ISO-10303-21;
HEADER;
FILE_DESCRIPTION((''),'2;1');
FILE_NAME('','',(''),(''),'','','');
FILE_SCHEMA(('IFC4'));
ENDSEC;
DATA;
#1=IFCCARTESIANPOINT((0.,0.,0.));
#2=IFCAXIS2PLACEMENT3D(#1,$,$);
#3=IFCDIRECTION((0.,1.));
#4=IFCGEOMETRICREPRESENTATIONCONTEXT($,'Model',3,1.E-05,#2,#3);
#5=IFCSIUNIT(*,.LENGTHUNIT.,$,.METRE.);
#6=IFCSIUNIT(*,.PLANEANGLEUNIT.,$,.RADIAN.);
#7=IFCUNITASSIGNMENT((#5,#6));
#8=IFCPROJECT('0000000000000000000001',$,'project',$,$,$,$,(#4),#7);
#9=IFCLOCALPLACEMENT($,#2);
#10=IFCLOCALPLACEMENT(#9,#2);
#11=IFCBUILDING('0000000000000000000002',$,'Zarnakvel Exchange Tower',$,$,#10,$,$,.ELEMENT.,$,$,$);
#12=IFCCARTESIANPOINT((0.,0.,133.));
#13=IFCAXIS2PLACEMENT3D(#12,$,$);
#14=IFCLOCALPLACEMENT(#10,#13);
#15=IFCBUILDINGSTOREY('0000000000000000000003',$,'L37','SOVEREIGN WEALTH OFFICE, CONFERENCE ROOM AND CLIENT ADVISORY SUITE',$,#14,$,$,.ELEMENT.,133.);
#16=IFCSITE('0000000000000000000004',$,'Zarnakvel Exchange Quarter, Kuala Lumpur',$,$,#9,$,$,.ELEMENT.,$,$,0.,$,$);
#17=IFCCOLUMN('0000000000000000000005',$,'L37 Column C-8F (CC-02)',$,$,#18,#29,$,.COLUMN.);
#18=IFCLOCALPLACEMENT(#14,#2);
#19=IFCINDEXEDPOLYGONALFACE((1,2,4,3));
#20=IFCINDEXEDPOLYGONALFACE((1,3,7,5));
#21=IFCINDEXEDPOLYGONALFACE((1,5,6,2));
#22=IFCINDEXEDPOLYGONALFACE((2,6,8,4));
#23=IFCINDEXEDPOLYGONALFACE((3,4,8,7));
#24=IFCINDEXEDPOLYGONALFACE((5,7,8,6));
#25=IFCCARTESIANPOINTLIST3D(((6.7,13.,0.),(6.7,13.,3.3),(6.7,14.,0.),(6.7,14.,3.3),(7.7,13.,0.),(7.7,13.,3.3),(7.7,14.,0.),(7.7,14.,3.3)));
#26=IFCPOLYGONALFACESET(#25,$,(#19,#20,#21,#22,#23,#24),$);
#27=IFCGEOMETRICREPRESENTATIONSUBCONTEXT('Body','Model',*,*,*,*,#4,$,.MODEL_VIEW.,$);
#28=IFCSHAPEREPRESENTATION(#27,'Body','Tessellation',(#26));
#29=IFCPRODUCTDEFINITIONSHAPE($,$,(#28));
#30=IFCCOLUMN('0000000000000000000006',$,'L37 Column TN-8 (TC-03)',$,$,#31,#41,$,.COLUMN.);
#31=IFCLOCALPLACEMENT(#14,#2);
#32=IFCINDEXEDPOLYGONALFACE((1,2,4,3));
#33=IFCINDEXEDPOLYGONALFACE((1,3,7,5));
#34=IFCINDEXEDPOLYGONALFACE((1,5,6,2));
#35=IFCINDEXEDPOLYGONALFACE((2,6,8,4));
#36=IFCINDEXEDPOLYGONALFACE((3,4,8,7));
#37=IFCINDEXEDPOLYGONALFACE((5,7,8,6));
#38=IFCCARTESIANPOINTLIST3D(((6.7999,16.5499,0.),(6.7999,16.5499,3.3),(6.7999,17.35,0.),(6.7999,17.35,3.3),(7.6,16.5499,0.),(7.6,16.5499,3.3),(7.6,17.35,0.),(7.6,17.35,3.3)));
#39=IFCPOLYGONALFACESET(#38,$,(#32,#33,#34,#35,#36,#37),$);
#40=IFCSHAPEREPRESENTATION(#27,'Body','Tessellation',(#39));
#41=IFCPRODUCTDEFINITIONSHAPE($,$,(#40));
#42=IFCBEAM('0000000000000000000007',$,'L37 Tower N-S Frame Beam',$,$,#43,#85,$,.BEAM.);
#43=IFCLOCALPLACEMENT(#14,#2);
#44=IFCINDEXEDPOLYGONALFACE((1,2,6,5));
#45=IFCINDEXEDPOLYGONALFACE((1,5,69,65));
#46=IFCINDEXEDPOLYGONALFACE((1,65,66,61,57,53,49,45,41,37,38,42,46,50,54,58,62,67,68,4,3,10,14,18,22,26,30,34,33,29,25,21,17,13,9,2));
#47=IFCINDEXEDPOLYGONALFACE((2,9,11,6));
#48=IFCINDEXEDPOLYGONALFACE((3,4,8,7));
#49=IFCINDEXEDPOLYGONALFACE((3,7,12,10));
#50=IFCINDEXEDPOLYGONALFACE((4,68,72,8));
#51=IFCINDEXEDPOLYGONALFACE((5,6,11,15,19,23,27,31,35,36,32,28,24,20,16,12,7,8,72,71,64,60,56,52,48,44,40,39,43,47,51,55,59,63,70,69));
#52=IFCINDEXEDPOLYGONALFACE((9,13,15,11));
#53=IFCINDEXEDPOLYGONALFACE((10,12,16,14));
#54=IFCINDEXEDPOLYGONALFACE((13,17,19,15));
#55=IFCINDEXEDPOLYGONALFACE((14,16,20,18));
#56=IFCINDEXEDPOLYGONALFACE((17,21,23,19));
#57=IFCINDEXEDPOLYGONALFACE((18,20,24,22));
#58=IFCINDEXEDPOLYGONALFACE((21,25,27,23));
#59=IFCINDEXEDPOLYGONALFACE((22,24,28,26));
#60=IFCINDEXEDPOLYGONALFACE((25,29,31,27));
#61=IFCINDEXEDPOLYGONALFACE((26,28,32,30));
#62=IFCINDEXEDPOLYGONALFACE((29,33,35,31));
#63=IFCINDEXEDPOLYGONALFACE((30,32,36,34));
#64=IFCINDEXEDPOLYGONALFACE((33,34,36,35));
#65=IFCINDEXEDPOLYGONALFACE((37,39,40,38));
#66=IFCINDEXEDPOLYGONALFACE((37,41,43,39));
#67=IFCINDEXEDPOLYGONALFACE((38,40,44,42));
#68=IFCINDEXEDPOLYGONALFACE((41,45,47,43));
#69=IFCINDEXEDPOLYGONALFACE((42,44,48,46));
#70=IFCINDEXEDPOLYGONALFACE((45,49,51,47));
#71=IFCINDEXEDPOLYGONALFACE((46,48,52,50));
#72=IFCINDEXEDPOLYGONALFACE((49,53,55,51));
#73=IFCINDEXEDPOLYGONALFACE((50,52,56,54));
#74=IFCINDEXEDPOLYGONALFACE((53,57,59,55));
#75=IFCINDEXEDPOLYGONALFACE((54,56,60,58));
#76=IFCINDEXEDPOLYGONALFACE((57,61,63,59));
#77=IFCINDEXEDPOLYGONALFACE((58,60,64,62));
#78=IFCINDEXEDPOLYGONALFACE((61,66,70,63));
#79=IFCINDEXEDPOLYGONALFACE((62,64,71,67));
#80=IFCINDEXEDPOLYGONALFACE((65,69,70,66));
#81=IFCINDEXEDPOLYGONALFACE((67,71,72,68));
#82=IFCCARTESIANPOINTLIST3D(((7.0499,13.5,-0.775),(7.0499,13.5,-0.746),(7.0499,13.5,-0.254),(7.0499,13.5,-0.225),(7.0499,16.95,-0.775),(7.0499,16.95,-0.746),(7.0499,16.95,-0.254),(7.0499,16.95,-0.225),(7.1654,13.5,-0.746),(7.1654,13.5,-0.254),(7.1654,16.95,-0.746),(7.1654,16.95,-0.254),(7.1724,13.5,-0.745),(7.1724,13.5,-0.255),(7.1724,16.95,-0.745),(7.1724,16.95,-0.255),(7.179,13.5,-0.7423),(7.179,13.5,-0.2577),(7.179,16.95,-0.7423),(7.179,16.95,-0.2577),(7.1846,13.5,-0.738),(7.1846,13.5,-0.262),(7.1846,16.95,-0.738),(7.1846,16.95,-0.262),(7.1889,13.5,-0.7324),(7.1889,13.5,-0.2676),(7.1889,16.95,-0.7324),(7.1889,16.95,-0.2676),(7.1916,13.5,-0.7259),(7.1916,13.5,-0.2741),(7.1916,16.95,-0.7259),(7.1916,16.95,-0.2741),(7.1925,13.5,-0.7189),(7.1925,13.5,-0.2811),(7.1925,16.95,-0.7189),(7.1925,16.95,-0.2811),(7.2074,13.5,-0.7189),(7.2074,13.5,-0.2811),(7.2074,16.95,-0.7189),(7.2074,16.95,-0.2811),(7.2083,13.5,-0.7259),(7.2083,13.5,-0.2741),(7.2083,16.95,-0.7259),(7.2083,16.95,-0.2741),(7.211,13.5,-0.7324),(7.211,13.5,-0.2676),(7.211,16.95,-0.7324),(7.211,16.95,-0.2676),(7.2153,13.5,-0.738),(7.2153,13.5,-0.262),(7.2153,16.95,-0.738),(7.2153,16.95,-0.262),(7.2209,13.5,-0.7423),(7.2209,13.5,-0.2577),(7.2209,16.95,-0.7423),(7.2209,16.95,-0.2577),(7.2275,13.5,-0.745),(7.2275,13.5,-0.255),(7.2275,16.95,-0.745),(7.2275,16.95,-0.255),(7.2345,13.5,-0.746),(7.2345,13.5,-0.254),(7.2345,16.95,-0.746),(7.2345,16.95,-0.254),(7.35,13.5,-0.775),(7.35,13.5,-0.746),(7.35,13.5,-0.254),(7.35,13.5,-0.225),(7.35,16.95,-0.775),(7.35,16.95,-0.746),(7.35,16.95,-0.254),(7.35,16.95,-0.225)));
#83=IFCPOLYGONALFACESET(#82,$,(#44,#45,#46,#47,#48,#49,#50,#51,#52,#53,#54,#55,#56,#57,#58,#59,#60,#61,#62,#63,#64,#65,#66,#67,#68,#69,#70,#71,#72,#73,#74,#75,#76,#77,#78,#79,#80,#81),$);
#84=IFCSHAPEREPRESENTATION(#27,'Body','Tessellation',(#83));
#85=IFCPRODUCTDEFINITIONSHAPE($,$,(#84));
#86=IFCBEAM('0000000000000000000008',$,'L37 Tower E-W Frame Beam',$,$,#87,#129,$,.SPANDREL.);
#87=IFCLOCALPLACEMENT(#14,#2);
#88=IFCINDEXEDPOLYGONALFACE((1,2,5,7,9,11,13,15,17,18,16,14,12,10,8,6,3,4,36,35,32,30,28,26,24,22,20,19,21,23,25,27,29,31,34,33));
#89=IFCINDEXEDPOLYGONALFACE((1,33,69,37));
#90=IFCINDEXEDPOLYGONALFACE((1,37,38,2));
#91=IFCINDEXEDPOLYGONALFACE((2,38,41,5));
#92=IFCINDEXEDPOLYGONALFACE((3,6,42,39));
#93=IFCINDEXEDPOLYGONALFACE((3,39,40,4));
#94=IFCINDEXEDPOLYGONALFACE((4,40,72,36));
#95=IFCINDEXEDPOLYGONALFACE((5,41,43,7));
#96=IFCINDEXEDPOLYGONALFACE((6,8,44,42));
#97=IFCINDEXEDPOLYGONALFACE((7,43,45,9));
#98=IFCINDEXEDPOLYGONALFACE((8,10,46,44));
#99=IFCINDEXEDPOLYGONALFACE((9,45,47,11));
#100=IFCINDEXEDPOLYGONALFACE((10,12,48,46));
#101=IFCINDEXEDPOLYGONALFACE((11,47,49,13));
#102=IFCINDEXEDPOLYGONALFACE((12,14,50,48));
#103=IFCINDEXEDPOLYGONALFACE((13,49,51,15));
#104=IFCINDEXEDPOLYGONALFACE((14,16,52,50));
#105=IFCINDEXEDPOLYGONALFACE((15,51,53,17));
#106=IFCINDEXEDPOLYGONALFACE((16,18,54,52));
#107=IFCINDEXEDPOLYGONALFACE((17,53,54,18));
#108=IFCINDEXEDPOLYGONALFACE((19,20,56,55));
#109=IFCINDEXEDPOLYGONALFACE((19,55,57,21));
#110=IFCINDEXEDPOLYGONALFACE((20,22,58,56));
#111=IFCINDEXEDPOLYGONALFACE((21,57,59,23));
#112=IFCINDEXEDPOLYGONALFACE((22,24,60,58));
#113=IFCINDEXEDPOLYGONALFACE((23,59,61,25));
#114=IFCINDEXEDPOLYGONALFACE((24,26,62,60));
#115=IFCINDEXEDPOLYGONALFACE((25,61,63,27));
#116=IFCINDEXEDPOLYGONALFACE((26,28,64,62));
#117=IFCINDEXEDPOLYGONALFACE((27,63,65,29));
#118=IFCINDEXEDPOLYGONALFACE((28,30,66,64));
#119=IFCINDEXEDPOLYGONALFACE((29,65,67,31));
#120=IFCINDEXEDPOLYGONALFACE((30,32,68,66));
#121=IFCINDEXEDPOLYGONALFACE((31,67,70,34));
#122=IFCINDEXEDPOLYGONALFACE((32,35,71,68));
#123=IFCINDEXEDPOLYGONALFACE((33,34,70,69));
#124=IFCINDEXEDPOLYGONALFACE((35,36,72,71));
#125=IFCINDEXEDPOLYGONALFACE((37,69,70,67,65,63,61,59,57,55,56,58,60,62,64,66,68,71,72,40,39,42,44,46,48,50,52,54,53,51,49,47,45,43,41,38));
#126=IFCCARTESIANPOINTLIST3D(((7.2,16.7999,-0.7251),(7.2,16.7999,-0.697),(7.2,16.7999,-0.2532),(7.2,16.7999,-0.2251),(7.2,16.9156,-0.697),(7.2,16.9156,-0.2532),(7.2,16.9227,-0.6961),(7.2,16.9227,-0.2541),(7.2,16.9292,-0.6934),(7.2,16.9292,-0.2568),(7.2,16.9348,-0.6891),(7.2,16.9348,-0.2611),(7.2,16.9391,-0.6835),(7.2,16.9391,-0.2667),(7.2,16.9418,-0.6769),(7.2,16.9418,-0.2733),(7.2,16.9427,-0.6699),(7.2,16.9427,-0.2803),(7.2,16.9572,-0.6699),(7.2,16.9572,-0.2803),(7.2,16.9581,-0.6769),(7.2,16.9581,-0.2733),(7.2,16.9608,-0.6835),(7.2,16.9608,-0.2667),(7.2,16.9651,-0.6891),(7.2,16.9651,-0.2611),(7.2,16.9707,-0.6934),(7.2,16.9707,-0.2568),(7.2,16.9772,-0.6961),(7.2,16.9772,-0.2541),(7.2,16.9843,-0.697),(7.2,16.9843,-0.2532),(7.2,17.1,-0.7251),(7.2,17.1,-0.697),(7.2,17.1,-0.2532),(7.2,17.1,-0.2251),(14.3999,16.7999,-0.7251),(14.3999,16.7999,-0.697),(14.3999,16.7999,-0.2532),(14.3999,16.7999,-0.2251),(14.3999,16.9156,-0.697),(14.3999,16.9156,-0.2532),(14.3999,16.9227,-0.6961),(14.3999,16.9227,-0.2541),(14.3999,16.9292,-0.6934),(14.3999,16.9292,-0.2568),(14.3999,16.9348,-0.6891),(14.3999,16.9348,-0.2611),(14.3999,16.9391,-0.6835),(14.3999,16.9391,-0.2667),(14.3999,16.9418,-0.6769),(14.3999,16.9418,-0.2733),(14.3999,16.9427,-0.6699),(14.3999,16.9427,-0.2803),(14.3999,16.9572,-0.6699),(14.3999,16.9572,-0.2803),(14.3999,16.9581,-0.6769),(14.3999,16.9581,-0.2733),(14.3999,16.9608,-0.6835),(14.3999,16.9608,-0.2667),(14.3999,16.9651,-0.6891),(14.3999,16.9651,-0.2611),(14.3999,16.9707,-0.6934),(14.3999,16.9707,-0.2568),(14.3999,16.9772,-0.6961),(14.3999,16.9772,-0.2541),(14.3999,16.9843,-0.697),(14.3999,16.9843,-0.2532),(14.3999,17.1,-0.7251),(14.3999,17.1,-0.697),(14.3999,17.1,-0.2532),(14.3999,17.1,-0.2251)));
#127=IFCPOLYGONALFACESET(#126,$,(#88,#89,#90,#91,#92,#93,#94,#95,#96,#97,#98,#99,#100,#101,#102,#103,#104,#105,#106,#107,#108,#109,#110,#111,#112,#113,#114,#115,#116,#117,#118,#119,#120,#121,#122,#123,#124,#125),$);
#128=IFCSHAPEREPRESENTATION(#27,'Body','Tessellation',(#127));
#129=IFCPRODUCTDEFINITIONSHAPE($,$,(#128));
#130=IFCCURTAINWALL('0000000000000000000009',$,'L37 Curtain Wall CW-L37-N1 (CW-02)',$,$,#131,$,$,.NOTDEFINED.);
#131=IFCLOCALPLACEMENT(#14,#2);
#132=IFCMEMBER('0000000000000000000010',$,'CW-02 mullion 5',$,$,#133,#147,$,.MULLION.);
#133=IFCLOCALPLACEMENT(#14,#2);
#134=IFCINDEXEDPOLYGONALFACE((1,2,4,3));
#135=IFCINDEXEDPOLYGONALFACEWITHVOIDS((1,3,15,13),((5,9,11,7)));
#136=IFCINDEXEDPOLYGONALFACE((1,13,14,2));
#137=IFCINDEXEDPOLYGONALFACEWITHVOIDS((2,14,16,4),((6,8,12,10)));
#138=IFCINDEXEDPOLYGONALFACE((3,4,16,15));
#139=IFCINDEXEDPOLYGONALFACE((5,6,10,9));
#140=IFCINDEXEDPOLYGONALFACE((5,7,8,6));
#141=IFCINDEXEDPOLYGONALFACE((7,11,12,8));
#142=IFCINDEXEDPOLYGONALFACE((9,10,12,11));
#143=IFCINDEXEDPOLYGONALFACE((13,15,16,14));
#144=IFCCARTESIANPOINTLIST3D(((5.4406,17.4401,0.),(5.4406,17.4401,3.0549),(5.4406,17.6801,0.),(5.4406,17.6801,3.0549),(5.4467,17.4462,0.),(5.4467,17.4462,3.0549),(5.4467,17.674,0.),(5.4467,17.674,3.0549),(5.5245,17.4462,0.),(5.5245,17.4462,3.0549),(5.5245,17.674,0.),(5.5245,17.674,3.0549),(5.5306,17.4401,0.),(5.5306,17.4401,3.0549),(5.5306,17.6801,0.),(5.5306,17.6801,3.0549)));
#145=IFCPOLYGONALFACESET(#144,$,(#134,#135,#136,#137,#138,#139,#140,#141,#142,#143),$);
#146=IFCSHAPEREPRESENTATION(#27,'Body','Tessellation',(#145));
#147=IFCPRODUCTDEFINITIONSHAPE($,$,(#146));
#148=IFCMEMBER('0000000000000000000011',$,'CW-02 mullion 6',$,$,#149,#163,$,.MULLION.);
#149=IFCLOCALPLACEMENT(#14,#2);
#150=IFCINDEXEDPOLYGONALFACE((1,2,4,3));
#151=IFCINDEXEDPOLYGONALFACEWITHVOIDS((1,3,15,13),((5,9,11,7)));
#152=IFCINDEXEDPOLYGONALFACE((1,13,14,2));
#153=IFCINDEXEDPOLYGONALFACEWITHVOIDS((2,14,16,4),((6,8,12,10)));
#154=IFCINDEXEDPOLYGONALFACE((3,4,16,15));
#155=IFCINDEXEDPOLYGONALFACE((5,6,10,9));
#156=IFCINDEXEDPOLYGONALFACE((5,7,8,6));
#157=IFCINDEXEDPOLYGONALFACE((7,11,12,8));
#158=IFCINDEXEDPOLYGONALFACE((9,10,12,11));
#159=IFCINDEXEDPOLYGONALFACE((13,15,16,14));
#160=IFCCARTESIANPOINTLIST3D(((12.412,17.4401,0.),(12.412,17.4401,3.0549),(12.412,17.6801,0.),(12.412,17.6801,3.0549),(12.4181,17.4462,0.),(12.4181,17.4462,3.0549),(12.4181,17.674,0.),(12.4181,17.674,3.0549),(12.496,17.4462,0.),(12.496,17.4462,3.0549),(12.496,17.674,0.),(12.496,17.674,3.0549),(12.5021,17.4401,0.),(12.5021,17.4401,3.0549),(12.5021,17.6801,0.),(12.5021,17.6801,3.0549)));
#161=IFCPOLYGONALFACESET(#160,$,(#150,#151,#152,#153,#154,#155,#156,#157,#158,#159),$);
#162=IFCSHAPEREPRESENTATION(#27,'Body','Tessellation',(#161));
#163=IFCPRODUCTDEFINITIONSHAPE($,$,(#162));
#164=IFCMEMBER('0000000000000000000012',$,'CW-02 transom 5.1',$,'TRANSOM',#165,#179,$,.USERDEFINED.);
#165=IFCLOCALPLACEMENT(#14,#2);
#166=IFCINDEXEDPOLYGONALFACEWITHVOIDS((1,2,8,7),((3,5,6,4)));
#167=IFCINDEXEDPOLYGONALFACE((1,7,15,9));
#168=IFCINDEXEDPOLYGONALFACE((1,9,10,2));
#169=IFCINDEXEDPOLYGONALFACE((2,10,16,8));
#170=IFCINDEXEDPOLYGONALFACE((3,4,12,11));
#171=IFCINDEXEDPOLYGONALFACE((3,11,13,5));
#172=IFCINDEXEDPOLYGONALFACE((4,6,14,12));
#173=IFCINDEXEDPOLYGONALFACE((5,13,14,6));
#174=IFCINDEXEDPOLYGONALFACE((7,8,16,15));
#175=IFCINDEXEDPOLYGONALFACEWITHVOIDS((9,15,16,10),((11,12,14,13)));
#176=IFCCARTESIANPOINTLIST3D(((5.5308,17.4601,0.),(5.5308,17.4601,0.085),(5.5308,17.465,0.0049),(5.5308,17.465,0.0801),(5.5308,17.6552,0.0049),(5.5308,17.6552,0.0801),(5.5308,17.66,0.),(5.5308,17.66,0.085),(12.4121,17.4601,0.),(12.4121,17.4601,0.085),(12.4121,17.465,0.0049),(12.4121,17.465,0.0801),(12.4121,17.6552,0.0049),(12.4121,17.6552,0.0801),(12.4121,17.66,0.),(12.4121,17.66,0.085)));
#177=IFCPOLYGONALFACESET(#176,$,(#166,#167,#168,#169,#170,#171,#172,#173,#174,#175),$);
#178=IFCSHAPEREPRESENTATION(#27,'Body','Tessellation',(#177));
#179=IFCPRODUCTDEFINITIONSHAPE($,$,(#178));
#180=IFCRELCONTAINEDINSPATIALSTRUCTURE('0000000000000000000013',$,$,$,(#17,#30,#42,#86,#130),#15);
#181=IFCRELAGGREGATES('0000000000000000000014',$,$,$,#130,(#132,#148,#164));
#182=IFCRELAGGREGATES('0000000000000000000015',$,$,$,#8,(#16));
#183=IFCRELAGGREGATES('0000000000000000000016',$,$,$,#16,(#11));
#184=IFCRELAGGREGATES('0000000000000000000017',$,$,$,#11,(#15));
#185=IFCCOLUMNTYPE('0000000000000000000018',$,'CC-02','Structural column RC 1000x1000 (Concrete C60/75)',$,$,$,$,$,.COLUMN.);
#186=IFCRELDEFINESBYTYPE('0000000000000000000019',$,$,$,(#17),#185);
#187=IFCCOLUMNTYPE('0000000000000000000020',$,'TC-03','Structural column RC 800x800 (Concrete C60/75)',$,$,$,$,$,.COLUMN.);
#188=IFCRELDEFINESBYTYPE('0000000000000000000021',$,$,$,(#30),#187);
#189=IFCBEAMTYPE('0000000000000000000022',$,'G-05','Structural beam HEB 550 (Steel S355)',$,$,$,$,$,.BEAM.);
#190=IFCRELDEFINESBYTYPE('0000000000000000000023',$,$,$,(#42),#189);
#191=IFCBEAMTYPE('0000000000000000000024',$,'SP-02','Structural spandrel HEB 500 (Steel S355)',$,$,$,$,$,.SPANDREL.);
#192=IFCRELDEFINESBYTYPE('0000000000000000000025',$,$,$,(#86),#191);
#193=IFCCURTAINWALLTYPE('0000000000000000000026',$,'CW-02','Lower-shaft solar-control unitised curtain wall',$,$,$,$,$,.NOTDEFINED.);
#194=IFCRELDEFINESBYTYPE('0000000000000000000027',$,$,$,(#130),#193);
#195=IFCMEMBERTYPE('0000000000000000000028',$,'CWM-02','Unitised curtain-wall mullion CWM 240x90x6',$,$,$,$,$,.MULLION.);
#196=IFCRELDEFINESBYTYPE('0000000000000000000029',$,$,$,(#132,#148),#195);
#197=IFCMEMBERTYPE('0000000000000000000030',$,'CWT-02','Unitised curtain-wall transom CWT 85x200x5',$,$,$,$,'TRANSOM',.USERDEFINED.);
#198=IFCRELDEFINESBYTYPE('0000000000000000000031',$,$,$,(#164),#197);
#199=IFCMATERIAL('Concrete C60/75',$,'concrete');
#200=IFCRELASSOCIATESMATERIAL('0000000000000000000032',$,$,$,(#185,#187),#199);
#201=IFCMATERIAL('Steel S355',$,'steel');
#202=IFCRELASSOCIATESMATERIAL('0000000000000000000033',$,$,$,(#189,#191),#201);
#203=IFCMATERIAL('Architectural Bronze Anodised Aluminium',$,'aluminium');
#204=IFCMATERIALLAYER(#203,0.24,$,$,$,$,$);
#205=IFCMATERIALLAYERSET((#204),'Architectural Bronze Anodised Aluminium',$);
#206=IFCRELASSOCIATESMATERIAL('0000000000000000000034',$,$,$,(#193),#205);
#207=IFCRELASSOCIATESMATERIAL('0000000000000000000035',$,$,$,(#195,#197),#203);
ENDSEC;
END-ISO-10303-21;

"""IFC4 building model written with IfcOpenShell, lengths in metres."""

from ifc_helpers import new_model, si_unit, direction, frame, origin, origin_2d, place, context, subcontext, project, spatial, rectangle, hollow_rectangle, i_section, extrude, source, transform, mapped, material, layer, layer_set, material_profile, profile_set, type_object, element, aggregate, save


model = new_model("IFC4")

# Units and contexts
model_context = context("Model", 3, precision=1e-05, world=origin(), true_north=direction((0.0, 1.0)))
body_context = subcontext(model_context, "Body", "Model", "MODEL_VIEW")
ifc_project = project(units=[si_unit("LENGTHUNIT", "METRE"), si_unit("PLANEANGLEUNIT", "RADIAN")], contexts=[model_context])

# Site, building, storey
site_placement = place(None, origin())
site = spatial("IfcSite", under=ifc_project, at=site_placement, Name="Zarnakvel Exchange Quarter, Kuala Lumpur", CompositionType="ELEMENT", RefElevation=0.0)
building_placement = place(site_placement, origin())
building = spatial("IfcBuilding", under=site, at=building_placement, Name="Zarnakvel Exchange Tower", CompositionType="ELEMENT")
storey_placement = place(building_placement, frame((0.0, 0.0, 133.0)))
storey = spatial("IfcBuildingStorey", under=building, at=storey_placement, Name="L37", Description="SOVEREIGN WEALTH OFFICE, CONFERENCE ROOM AND CLIENT ADVISORY SUITE", CompositionType="ELEMENT", Elevation=133.0)

# Columns
ifc_material_1 = material(Name="Concrete C60/75", Category="concrete")
ifc_material_profile_1 = material_profile(ifc_material_1, rectangle(XDim=1.0, YDim=1.0, at=origin_2d()))
ifc_profile_set_1 = profile_set([ifc_material_profile_1], Name="Concrete C60/75")
column_type_1 = type_object("IfcColumnType", Name="CC-02", Description="Structural column RC 1000x1000 (Concrete C60/75)", PredefinedType="COLUMN", material=ifc_profile_set_1)
column_1_placement = place(storey_placement, frame((7.2, 13.5, 0.0), z_axis=(0.0, 0.0, 1.0), x_axis=(1.0, 0.0, 0.0)))
element("IfcColumn", 1, at=column_1_placement, inside=storey, type_object=column_type_1, Name="L37 Column C-8F (CC-02)", PredefinedType="COLUMN", context=body_context, shape_type="SweptSolid", body=[
    extrude(rectangle(XDim=1.0, YDim=1.0, at=origin_2d()), origin(), (0.0, 0.0, 1.0), 3.3),
])
ifc_material_profile_2 = material_profile(ifc_material_1, rectangle(XDim=0.8, YDim=0.8, at=origin_2d()))
ifc_profile_set_2 = profile_set([ifc_material_profile_2], Name="Concrete C60/75")
column_type_2 = type_object("IfcColumnType", Name="TC-03", Description="Structural column RC 800x800 (Concrete C60/75)", PredefinedType="COLUMN", material=ifc_profile_set_2)
column_2_placement = place(storey_placement, frame((7.2, 16.95, 0.0), z_axis=(0.0, 0.0, 1.0), x_axis=(1.0, 0.0, 0.0)))
element("IfcColumn", 2, at=column_2_placement, inside=storey, type_object=column_type_2, Name="L37 Column TN-8 (TC-03)", PredefinedType="COLUMN", context=body_context, shape_type="SweptSolid", body=[
    extrude(rectangle(XDim=0.8, YDim=0.8, at=origin_2d()), origin(), (0.0, 0.0, 1.0), 3.3),
])

# Beams
ifc_material_2 = material(Name="Steel S355", Category="steel")
ifc_material_profile_3 = material_profile(ifc_material_2, i_section(OverallWidth=0.3, OverallDepth=0.55, WebThickness=0.0149, FlangeThickness=0.0291, FilletRadius=0.0271, at=origin_2d()))
ifc_profile_set_3 = profile_set([ifc_material_profile_3], Name="Steel S355")
beam_type_1 = type_object("IfcBeamType", Name="G-05", Description="Structural beam HEB 550 (Steel S355)", PredefinedType="BEAM", material=ifc_profile_set_3)
beam_1_placement = place(storey_placement, frame((7.2, 13.5, -0.5), z_axis=(0.0, 1.0, 0.0), x_axis=(-1.0, 0.0, 0.0)))
element("IfcBeam", 3, at=beam_1_placement, inside=storey, type_object=beam_type_1, Name="L37 Tower N-S Frame Beam", PredefinedType="BEAM", context=body_context, shape_type="SweptSolid", body=[
    extrude(i_section(OverallWidth=0.3, OverallDepth=0.55, WebThickness=0.0149, FlangeThickness=0.0291, FilletRadius=0.0271, at=origin_2d()), origin(), (0.0, 0.0, 1.0), 3.45),
])
ifc_material_profile_4 = material_profile(ifc_material_2, i_section(OverallWidth=0.3, OverallDepth=0.5, WebThickness=0.0144, FlangeThickness=0.0281, FilletRadius=0.0271, at=origin_2d()))
ifc_profile_set_4 = profile_set([ifc_material_profile_4], Name="Steel S355")
beam_type_2 = type_object("IfcBeamType", Name="SP-02", Description="Structural spandrel HEB 500 (Steel S355)", PredefinedType="SPANDREL", material=ifc_profile_set_4)
beam_2_placement = place(storey_placement, frame((7.2, 16.95, -0.4751), z_axis=(1.0, 0.0, 0.0), x_axis=(0.0, 1.0, 0.0)))
element("IfcBeam", 4, at=beam_2_placement, inside=storey, type_object=beam_type_2, Name="L37 Tower E-W Frame Beam", PredefinedType="SPANDREL", context=body_context, shape_type="SweptSolid", body=[
    extrude(i_section(OverallWidth=0.3, OverallDepth=0.5, WebThickness=0.0144, FlangeThickness=0.0281, FilletRadius=0.0271, at=origin_2d()), origin(), (0.0, 0.0, 1.0), 7.2),
])

# Curtain wall, members
ifc_material_3 = material(Name="Architectural Bronze Anodised Aluminium", Category="aluminium")
ifc_layer_1 = layer(ifc_material_3, 0.24)
ifc_layer_set_1 = layer_set([ifc_layer_1], Name="Architectural Bronze Anodised Aluminium")
curtain_wall_type = type_object("IfcCurtainWallType", Name="CW-02", Description="Lower-shaft solar-control unitised curtain wall", PredefinedType="NOTDEFINED", material=ifc_layer_set_1)
curtain_wall_placement = place(storey_placement, origin())
curtain_wall = element("IfcCurtainWall", 5, at=curtain_wall_placement, inside=storey, type_object=curtain_wall_type, Name="L37 Curtain Wall CW-L37-N1 (CW-02)", PredefinedType="NOTDEFINED")
ifc_material_profile_5 = material_profile(ifc_material_3, hollow_rectangle(XDim=0.24, YDim=0.0901, WallThickness=0.0061, at=origin_2d()))
ifc_profile_set_5 = profile_set([ifc_material_profile_5], Name="Architectural Bronze Anodised Aluminium")
member_type_1 = type_object("IfcMemberType", Name="CWM-02", Description="Unitised curtain-wall mullion CWM 240x90x6", PredefinedType="MULLION", material=ifc_profile_set_5)
shared_shape_1 = source(origin(), body_context, "Body", "SweptSolid", [
    extrude(hollow_rectangle(XDim=0.24, YDim=0.0901, WallThickness=0.0061, at=origin_2d()), origin(), (0.0, 0.0, 1.0), 3.0549),
])
member_1_placement = place(storey_placement, frame((5.4856, 17.5601, 0.0), z_axis=(0.0, 0.0, 1.0), x_axis=(0.0, 1.0, 0.0)))
member_1 = element("IfcMember", 6, at=member_1_placement, type_object=member_type_1, Name="CW-02 mullion 5", PredefinedType="MULLION", context=body_context, shape_type="MappedRepresentation", body=[
    mapped(shared_shape_1, transform((0.0, 0.0, 0.0), x_axis=(1.0, 0.0, 0.0), y_axis=(0.0, 1.0, 0.0), z_axis=(0.0, 0.0, 1.0), scale=1.0)),
])
member_2_placement = place(storey_placement, frame((12.457, 17.5601, 0.0), z_axis=(0.0, 0.0, 1.0), x_axis=(0.0, 1.0, 0.0)))
member_2 = element("IfcMember", 7, at=member_2_placement, type_object=member_type_1, Name="CW-02 mullion 6", PredefinedType="MULLION", context=body_context, shape_type="MappedRepresentation", body=[
    mapped(shared_shape_1, transform((0.0, 0.0, 0.0), x_axis=(1.0, 0.0, 0.0), y_axis=(0.0, 1.0, 0.0), z_axis=(0.0, 0.0, 1.0), scale=1.0)),
])
ifc_material_profile_6 = material_profile(ifc_material_3, hollow_rectangle(XDim=0.2, YDim=0.085, WallThickness=0.0049, at=origin_2d()))
ifc_profile_set_6 = profile_set([ifc_material_profile_6], Name="Architectural Bronze Anodised Aluminium")
member_type_2 = type_object("IfcMemberType", Name="CWT-02", Description="Unitised curtain-wall transom CWT 85x200x5", ElementType="TRANSOM", PredefinedType="USERDEFINED", material=ifc_profile_set_6)
shared_shape_2 = source(origin(), body_context, "Body", "SweptSolid", [
    extrude(hollow_rectangle(XDim=0.2, YDim=0.085, WallThickness=0.0049, at=origin_2d()), origin(), (0.0, 0.0, 1.0), 6.8813),
])
member_3_placement = place(storey_placement, frame((5.5308, 17.5601, 0.0425), z_axis=(1.0, 0.0, 0.0), x_axis=(0.0, 1.0, 0.0)))
member_3 = element("IfcMember", 8, at=member_3_placement, type_object=member_type_2, Name="CW-02 transom 5.1", ObjectType="TRANSOM", PredefinedType="USERDEFINED", context=body_context, shape_type="MappedRepresentation", body=[
    mapped(shared_shape_2, transform((0.0, 0.0, 0.0), x_axis=(1.0, 0.0, 0.0), y_axis=(0.0, 1.0, 0.0), z_axis=(0.0, 0.0, 1.0), scale=1.0)),
])
aggregate(curtain_wall, [member_1, member_2, member_3])

save(model, "model.ifc")
